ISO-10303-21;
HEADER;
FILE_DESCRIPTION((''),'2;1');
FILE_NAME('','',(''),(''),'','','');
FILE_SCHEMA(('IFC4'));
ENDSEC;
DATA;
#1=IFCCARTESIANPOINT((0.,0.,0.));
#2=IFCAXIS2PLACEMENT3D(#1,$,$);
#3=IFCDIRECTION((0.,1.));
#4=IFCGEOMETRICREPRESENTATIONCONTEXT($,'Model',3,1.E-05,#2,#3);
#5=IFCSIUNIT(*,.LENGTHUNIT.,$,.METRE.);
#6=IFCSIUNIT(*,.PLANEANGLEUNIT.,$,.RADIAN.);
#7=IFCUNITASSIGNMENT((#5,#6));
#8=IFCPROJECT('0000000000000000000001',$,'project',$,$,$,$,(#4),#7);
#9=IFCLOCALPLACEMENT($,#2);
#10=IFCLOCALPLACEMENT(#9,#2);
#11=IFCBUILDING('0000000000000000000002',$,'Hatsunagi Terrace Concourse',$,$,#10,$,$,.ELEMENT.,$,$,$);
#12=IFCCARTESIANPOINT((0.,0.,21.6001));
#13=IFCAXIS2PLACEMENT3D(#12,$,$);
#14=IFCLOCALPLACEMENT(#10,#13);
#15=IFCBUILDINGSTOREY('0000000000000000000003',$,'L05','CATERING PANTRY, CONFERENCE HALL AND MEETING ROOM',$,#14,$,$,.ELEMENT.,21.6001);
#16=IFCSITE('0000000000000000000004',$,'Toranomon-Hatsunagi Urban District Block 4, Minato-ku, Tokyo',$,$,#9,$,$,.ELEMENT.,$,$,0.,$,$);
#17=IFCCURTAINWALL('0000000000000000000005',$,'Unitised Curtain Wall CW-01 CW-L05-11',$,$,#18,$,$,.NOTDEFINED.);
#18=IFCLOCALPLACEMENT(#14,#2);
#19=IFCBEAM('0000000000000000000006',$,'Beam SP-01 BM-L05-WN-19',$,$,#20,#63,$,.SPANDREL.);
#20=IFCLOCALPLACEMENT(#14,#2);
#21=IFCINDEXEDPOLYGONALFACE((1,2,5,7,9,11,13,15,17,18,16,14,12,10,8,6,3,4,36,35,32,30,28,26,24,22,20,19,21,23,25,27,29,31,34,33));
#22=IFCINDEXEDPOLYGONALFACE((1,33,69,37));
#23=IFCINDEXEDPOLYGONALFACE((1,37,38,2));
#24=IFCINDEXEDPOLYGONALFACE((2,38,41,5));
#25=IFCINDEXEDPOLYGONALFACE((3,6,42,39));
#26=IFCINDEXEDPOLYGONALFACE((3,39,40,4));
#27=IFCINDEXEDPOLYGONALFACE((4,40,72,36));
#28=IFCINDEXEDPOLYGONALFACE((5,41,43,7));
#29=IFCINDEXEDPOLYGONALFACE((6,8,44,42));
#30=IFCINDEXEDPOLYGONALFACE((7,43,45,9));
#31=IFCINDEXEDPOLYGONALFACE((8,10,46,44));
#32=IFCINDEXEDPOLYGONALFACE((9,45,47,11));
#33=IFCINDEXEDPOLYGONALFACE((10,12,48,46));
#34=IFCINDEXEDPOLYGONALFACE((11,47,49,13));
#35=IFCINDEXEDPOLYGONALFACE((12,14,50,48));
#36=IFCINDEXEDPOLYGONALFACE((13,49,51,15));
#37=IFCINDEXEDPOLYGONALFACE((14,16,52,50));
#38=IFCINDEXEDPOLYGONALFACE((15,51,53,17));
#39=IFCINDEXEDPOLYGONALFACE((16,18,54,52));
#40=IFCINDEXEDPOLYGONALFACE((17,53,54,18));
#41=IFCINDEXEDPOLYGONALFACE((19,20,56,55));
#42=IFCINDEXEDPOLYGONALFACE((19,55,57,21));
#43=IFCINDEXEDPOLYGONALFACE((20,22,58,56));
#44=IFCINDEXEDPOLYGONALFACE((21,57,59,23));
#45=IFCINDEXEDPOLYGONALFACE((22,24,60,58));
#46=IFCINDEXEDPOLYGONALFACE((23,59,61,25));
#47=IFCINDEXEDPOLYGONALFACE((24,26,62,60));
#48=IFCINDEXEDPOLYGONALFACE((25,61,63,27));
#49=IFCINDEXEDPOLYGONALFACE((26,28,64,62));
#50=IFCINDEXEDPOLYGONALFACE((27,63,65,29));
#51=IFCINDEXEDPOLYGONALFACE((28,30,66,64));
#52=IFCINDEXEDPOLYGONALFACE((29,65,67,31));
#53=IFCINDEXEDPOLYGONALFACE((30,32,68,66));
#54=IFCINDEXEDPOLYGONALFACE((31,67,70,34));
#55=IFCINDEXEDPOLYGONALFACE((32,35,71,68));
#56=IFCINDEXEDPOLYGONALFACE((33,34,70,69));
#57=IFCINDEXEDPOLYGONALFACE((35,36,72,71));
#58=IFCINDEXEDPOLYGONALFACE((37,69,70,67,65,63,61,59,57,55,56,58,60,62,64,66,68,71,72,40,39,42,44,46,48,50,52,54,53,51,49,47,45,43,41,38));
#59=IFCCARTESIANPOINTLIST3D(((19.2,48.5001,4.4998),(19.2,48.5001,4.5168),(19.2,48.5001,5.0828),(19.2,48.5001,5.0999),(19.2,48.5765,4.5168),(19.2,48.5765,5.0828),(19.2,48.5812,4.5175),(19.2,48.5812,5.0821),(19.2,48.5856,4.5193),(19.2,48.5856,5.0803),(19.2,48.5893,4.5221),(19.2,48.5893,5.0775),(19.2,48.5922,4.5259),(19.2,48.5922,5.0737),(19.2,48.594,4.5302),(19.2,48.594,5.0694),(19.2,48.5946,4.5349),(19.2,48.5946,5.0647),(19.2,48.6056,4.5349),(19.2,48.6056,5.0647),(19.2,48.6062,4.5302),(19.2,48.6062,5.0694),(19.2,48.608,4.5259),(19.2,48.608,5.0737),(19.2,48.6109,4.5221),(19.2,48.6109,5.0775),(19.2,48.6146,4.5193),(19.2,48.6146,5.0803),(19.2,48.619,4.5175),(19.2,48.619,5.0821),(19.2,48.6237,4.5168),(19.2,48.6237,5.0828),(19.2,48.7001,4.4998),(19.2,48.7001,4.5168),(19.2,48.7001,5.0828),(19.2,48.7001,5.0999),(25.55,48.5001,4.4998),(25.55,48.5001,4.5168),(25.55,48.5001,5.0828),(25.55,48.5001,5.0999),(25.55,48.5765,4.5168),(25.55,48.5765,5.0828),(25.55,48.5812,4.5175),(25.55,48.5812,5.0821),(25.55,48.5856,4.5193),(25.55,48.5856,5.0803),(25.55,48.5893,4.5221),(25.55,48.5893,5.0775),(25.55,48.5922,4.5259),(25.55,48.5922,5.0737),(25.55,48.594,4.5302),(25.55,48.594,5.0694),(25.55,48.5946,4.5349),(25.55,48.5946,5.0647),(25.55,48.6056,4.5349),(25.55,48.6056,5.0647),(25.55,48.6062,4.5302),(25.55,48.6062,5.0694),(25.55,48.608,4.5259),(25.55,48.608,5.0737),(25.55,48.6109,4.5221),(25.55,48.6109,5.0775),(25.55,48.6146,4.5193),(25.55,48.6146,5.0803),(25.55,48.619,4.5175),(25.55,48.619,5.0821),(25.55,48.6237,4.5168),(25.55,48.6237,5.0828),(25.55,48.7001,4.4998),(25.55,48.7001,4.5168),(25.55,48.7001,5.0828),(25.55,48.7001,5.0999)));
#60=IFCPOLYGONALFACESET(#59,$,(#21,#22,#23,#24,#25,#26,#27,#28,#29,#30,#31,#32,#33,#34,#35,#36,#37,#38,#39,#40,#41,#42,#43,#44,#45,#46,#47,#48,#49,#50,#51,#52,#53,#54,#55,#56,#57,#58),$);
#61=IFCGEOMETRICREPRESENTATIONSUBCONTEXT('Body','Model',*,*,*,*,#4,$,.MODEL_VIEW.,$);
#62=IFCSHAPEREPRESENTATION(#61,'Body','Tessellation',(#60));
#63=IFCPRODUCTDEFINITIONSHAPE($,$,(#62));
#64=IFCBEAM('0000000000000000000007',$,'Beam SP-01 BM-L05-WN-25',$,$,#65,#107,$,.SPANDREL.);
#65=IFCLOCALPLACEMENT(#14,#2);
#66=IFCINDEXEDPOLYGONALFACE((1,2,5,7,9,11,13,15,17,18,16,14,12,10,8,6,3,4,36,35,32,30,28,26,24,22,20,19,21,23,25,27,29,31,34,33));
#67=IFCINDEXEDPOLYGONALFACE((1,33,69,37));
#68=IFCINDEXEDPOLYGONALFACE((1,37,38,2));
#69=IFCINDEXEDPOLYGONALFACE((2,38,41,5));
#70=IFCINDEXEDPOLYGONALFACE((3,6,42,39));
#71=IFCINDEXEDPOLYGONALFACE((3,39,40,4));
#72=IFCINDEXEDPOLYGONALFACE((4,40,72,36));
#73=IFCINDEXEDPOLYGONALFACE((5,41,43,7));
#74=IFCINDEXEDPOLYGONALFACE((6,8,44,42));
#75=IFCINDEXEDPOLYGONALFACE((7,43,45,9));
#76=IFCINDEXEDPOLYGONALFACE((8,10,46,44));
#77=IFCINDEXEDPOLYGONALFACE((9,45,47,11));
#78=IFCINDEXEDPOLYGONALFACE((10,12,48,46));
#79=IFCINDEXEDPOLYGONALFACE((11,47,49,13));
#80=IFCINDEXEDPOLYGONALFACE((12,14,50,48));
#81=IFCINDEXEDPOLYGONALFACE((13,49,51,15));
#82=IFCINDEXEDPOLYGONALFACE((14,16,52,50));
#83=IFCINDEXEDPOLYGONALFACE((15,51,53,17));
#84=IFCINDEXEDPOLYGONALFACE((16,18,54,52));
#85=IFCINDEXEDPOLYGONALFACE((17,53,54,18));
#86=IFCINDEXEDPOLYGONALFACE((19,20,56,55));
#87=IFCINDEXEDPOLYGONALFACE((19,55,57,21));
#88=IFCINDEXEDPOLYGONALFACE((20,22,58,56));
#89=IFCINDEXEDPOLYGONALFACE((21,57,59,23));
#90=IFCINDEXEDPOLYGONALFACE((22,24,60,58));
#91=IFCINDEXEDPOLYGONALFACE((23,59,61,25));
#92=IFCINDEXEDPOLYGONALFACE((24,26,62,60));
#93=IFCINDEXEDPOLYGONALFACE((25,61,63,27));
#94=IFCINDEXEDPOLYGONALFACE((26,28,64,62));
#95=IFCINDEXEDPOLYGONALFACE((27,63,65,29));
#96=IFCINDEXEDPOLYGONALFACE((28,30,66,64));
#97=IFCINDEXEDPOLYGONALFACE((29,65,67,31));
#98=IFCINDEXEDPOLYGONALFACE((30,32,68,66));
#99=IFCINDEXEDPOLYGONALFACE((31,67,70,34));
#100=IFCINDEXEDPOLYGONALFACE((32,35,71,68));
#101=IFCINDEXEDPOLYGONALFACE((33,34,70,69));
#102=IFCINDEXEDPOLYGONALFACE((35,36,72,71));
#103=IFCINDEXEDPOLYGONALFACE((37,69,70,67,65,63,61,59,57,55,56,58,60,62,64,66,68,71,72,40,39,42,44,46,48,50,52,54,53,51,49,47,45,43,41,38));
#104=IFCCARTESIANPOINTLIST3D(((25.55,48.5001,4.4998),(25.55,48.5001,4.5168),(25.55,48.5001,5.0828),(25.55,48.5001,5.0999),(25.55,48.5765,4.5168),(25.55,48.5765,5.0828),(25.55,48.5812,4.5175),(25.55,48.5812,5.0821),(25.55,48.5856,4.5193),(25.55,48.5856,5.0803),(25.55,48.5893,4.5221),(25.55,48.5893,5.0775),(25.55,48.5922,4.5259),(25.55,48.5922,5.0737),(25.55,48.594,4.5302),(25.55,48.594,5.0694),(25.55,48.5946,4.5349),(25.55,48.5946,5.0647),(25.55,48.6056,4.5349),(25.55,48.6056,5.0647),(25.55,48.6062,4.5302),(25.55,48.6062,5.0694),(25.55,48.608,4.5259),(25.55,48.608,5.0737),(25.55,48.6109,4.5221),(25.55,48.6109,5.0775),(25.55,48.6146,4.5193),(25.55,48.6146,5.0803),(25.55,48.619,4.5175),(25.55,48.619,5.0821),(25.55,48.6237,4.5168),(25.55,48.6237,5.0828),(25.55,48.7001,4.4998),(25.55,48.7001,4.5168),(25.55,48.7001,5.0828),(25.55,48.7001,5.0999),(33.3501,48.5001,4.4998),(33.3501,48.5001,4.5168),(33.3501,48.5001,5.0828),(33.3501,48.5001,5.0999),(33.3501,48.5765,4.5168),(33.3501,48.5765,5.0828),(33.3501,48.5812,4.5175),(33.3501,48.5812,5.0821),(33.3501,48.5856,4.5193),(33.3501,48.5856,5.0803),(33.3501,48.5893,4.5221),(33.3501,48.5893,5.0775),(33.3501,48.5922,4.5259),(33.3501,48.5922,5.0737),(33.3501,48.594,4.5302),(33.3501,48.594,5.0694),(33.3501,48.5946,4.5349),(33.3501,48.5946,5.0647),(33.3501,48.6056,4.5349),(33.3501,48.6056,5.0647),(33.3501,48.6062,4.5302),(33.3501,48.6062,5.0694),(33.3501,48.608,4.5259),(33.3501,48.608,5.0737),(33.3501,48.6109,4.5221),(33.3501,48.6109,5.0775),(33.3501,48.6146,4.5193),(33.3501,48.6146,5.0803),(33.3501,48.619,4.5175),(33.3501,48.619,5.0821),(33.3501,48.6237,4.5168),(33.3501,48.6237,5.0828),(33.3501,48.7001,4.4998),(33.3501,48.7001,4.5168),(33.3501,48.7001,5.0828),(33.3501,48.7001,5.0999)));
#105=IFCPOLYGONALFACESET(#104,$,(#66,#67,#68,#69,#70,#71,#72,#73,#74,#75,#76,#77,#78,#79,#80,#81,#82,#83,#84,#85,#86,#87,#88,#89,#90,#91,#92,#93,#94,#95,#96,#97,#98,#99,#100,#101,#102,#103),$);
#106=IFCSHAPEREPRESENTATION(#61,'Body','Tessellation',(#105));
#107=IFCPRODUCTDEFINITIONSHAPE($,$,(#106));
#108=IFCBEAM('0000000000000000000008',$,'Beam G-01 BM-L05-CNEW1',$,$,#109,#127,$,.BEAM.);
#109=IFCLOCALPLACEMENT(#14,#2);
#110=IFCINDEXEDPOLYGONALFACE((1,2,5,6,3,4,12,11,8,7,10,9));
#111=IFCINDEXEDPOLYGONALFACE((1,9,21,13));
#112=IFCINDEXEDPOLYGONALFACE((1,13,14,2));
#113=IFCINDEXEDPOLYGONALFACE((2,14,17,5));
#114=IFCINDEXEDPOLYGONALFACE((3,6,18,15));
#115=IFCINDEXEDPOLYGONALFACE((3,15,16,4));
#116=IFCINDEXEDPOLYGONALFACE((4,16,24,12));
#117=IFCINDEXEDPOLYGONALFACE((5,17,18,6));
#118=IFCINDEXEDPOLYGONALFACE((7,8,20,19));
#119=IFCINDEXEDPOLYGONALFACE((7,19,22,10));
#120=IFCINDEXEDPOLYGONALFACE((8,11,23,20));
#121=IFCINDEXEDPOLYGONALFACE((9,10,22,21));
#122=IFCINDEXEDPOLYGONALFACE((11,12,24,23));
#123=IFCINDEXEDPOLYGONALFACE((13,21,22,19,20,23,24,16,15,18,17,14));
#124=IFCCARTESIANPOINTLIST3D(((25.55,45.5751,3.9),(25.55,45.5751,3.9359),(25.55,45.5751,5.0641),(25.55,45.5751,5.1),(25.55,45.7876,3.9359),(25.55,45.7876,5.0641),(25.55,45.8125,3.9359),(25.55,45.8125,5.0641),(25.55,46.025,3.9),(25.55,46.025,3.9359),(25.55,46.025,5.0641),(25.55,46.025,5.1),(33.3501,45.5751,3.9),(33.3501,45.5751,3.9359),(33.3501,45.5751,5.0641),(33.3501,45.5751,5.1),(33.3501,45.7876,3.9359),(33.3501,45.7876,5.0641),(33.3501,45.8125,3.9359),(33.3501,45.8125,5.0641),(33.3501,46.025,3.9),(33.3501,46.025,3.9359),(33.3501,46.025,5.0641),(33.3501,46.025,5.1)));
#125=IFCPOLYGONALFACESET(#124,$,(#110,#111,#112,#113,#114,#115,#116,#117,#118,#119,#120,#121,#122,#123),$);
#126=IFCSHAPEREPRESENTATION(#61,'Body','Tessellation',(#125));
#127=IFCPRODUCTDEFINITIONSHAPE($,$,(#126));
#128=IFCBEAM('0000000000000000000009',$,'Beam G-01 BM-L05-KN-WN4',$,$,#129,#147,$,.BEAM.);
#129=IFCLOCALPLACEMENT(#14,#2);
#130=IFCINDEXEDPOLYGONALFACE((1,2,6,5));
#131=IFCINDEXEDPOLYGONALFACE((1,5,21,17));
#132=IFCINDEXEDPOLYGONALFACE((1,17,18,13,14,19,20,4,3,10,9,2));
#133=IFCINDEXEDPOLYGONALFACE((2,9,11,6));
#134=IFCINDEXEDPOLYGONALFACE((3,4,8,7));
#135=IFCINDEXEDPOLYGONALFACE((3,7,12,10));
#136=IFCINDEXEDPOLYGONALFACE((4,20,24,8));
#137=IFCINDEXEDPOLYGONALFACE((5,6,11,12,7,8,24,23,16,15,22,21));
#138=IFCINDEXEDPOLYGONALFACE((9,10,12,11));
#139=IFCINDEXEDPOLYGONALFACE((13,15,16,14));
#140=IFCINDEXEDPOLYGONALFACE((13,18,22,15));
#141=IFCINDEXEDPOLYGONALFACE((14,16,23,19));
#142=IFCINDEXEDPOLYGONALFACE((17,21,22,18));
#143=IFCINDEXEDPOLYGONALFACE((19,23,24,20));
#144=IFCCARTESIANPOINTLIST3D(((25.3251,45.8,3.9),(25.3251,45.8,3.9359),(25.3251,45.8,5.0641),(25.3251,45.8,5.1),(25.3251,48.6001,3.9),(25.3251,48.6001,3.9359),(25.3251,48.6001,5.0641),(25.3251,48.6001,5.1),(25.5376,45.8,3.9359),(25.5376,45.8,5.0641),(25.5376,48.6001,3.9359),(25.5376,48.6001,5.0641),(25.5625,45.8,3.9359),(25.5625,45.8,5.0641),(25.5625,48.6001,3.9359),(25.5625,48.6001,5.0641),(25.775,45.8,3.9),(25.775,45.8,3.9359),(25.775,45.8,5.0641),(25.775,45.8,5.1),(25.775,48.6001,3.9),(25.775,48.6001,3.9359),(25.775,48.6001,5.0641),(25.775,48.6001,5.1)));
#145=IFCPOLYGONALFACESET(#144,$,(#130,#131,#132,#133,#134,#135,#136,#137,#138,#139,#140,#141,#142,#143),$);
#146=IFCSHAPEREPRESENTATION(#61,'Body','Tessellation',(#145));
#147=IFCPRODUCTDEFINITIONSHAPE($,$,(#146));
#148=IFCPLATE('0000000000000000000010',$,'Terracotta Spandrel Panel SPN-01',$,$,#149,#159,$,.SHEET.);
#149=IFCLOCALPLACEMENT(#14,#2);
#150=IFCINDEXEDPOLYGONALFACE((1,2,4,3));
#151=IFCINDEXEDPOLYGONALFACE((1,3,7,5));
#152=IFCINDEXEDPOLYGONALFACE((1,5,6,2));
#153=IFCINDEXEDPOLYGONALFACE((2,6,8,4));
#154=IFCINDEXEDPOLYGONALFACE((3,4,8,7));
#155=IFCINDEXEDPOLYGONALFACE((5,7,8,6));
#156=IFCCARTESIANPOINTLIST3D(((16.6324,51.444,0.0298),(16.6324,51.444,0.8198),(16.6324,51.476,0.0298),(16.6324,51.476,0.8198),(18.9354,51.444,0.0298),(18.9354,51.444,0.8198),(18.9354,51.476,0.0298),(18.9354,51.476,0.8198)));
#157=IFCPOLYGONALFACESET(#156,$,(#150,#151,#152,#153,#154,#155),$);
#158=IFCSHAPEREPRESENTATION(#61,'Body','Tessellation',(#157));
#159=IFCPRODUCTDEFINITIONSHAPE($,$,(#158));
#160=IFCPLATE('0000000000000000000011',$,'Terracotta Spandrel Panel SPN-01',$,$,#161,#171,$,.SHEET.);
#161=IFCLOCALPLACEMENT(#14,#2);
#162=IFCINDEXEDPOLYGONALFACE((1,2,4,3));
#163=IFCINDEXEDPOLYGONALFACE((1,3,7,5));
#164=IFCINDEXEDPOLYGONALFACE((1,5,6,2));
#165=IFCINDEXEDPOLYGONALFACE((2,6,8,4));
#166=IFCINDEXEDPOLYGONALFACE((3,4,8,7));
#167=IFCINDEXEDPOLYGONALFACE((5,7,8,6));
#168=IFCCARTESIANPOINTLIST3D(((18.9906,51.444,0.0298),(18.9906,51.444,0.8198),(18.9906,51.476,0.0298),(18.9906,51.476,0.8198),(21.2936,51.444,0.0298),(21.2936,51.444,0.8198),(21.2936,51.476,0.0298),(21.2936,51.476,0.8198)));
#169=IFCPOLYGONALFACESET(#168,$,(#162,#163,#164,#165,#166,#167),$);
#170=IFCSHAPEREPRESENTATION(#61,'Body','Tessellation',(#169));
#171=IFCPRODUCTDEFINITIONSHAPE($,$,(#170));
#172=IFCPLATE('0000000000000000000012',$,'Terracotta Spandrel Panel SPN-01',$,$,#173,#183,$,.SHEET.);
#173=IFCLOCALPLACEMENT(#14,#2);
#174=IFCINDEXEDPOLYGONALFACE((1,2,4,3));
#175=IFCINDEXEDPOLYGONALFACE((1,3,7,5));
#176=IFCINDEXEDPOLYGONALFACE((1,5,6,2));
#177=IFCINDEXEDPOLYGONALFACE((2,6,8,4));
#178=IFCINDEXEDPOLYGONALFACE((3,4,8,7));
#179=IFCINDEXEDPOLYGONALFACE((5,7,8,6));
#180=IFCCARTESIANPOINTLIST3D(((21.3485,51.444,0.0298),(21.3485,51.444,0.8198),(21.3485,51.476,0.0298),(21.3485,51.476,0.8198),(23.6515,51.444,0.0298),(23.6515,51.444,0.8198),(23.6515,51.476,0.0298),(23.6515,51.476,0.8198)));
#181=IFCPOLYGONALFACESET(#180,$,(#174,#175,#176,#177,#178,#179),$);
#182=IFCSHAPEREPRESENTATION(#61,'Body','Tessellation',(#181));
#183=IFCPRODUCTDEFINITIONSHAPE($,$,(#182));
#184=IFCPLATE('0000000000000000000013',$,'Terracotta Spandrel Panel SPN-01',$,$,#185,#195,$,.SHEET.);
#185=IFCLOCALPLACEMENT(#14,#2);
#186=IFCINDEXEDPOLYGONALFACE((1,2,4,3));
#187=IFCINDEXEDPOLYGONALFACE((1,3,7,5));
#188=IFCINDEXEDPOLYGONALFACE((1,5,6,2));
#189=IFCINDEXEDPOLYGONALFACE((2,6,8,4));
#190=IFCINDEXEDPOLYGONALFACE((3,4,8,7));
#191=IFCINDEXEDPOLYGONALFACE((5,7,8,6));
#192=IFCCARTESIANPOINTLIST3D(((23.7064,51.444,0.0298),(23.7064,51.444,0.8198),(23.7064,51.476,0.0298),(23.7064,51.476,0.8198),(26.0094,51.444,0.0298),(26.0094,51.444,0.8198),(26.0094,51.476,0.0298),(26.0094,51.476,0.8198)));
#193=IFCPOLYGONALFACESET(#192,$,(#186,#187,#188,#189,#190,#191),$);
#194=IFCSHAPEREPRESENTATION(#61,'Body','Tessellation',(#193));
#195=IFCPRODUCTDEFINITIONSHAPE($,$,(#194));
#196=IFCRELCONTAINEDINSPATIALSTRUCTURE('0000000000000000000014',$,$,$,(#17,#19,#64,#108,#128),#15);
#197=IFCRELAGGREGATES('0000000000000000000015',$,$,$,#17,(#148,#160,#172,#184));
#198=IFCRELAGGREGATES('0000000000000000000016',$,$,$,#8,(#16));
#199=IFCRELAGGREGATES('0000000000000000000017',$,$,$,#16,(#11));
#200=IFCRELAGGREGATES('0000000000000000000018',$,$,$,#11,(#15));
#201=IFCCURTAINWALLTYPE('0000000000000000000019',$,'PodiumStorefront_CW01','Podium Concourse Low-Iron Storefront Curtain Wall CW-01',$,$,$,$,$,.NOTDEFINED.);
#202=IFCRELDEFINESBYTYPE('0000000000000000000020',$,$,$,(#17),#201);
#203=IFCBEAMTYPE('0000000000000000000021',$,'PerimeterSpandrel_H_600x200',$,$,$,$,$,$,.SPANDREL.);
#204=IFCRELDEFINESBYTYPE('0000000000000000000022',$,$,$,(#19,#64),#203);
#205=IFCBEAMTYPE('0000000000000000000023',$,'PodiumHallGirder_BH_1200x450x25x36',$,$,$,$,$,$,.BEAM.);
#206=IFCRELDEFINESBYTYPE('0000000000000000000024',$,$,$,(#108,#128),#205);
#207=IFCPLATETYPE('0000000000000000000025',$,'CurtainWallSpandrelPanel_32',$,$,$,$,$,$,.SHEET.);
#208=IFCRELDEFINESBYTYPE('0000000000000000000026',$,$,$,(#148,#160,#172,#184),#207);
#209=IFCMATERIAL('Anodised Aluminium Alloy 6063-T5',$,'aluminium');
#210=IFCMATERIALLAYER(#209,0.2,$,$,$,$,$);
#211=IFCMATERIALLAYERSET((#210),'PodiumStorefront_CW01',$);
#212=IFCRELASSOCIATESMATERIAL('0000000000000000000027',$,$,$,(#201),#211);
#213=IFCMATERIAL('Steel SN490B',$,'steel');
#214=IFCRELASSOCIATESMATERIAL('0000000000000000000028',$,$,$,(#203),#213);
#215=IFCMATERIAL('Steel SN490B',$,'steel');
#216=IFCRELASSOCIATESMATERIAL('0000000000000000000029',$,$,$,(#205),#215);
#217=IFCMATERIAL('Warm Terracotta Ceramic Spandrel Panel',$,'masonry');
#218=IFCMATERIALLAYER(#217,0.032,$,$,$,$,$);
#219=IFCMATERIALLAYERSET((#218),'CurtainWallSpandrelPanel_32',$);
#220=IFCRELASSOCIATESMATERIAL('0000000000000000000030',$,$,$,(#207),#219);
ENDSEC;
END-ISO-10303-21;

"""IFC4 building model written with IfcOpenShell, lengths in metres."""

from ifc_helpers import new_model, si_unit, direction, frame, origin, origin_2d, place, context, subcontext, project, spatial, rectangle, i_section, extrude, material, layer, layer_set, material_profile, profile_set, type_object, element, aggregate, save


model = new_model("IFC4")

# Units and contexts
model_context = context("Model", 3, precision=1e-05, world=origin(), true_north=direction((0.0, 1.0)))
body_context = subcontext(model_context, "Body", "Model", "MODEL_VIEW")
ifc_project = project(units=[si_unit("LENGTHUNIT", "METRE"), si_unit("PLANEANGLEUNIT", "RADIAN")], contexts=[model_context])

# Site, building, storey
site_placement = place(None, origin())
site = spatial("IfcSite", under=ifc_project, at=site_placement, Name="Toranomon-Hatsunagi Urban District Block 4, Minato-ku, Tokyo", CompositionType="ELEMENT", RefElevation=0.0)
building_placement = place(site_placement, origin())
building = spatial("IfcBuilding", under=site, at=building_placement, Name="Hatsunagi Terrace Concourse", CompositionType="ELEMENT")
storey_placement = place(building_placement, frame((0.0, 0.0, 21.6001)))
storey = spatial("IfcBuildingStorey", under=building, at=storey_placement, Name="L05", Description="CATERING PANTRY, CONFERENCE HALL AND MEETING ROOM", CompositionType="ELEMENT", Elevation=21.6001)

# Curtain wall
ifc_material_1 = material(Name="Anodised Aluminium Alloy 6063-T5", Category="aluminium")
ifc_layer_1 = layer(ifc_material_1, 0.2)
ifc_layer_set_1 = layer_set([ifc_layer_1], Name="PodiumStorefront_CW01")
curtain_wall_type = type_object("IfcCurtainWallType", Name="PodiumStorefront_CW01", Description="Podium Concourse Low-Iron Storefront Curtain Wall CW-01", PredefinedType="NOTDEFINED", material=ifc_layer_set_1)
curtain_wall_placement = place(storey_placement, origin())
curtain_wall = element("IfcCurtainWall", 1, at=curtain_wall_placement, inside=storey, type_object=curtain_wall_type, Name="Unitised Curtain Wall CW-01 CW-L05-11", PredefinedType="NOTDEFINED")

# Beams
ifc_material_2 = material(Name="Steel SN490B", Category="steel")
ifc_material_profile_1 = material_profile(ifc_material_2, i_section(OverallWidth=0.2, OverallDepth=0.6001, WebThickness=0.011, FlangeThickness=0.0171, FilletRadius=0.0181, at=origin_2d()), Name="H-600x200x11x17")
ifc_profile_set_1 = profile_set([ifc_material_profile_1], Name="Steel SN490B")
beam_type_1 = type_object("IfcBeamType", Name="PerimeterSpandrel_H_600x200", PredefinedType="SPANDREL", material=ifc_profile_set_1)
beam_1_placement = place(storey_placement, frame((19.2, 48.6001, 4.7998), z_axis=(1.0, 0.0, 0.0), x_axis=(0.0, 1.0, 0.0)))
element("IfcBeam", 2, at=beam_1_placement, inside=storey, type_object=beam_type_1, Name="Beam SP-01 BM-L05-WN-19", PredefinedType="SPANDREL", context=body_context, shape_type="SweptSolid", body=[
    extrude(i_section(OverallWidth=0.2, OverallDepth=0.6001, WebThickness=0.011, FlangeThickness=0.0171, FilletRadius=0.0181, at=origin_2d()), origin(), (0.0, 0.0, 1.0), 6.3501),
])
beam_2_placement = place(storey_placement, frame((25.55, 48.6001, 4.7998), z_axis=(1.0, 0.0, 0.0), x_axis=(0.0, 1.0, 0.0)))
element("IfcBeam", 3, at=beam_2_placement, inside=storey, type_object=beam_type_1, Name="Beam SP-01 BM-L05-WN-25", PredefinedType="SPANDREL", context=body_context, shape_type="SweptSolid", body=[
    extrude(i_section(OverallWidth=0.2, OverallDepth=0.6001, WebThickness=0.011, FlangeThickness=0.0171, FilletRadius=0.0181, at=origin_2d()), origin(), (0.0, 0.0, 1.0), 7.8),
])
ifc_material_3 = material(Name="Steel SN490B", Category="steel")
ifc_material_profile_2 = material_profile(ifc_material_3, i_section(OverallWidth=0.45, OverallDepth=1.2, WebThickness=0.0249, FlangeThickness=0.0359, at=origin_2d()), Name="BH-1200x450x25x36")
ifc_profile_set_2 = profile_set([ifc_material_profile_2], Name="Steel SN490B")
beam_type_2 = type_object("IfcBeamType", Name="PodiumHallGirder_BH_1200x450x25x36", PredefinedType="BEAM", material=ifc_profile_set_2)
beam_3_placement = place(storey_placement, frame((25.55, 45.8, 4.5), z_axis=(1.0, 0.0, 0.0), x_axis=(0.0, 1.0, 0.0)))
element("IfcBeam", 4, at=beam_3_placement, inside=storey, type_object=beam_type_2, Name="Beam G-01 BM-L05-CNEW1", PredefinedType="BEAM", context=body_context, shape_type="SweptSolid", body=[
    extrude(i_section(OverallWidth=0.45, OverallDepth=1.2, WebThickness=0.0249, FlangeThickness=0.0359, at=origin_2d()), origin(), (0.0, 0.0, 1.0), 7.8),
])
beam_4_placement = place(storey_placement, frame((25.55, 45.8, 4.5), z_axis=(0.0, 1.0, 0.0), x_axis=(-1.0, 0.0, 0.0)))
element("IfcBeam", 5, at=beam_4_placement, inside=storey, type_object=beam_type_2, Name="Beam G-01 BM-L05-KN-WN4", PredefinedType="BEAM", context=body_context, shape_type="SweptSolid", body=[
    extrude(i_section(OverallWidth=0.45, OverallDepth=1.2, WebThickness=0.0249, FlangeThickness=0.0359, at=origin_2d()), origin(), (0.0, 0.0, 1.0), 2.8),
])

# Plates
ifc_material_4 = material(Name="Warm Terracotta Ceramic Spandrel Panel", Category="masonry")
ifc_layer_2 = layer(ifc_material_4, 0.032)
ifc_layer_set_2 = layer_set([ifc_layer_2], Name="CurtainWallSpandrelPanel_32")
plate_type_1 = type_object("IfcPlateType", Name="CurtainWallSpandrelPanel_32", PredefinedType="SHEET", material=ifc_layer_set_2)
plate_1_placement = place(storey_placement, frame((17.7839, 51.46, 0.0298), z_axis=(0.0, 0.0, 1.0), x_axis=(1.0, 0.0, 0.0)))
plate_1 = element("IfcPlate", 6, at=plate_1_placement, type_object=plate_type_1, Name="Terracotta Spandrel Panel SPN-01", PredefinedType="SHEET", context=body_context, shape_type="SweptSolid", body=[
    extrude(rectangle(XDim=2.303, YDim=0.032, at=origin_2d()), origin(), (0.0, 0.0, 1.0), 0.79),
])
plate_2_placement = place(storey_placement, frame((20.1421, 51.46, 0.0298), z_axis=(0.0, 0.0, 1.0), x_axis=(1.0, 0.0, 0.0)))
plate_2 = element("IfcPlate", 7, at=plate_2_placement, type_object=plate_type_1, Name="Terracotta Spandrel Panel SPN-01", PredefinedType="SHEET", context=body_context, shape_type="SweptSolid", body=[
    extrude(rectangle(XDim=2.303, YDim=0.032, at=origin_2d()), origin(), (0.0, 0.0, 1.0), 0.79),
])
plate_3_placement = place(storey_placement, frame((22.5, 51.46, 0.0298), z_axis=(0.0, 0.0, 1.0), x_axis=(1.0, 0.0, 0.0)))
plate_3 = element("IfcPlate", 8, at=plate_3_placement, type_object=plate_type_1, Name="Terracotta Spandrel Panel SPN-01", PredefinedType="SHEET", context=body_context, shape_type="SweptSolid", body=[
    extrude(rectangle(XDim=2.303, YDim=0.032, at=origin_2d()), origin(), (0.0, 0.0, 1.0), 0.79),
])
plate_4_placement = place(storey_placement, frame((24.8579, 51.46, 0.0298), z_axis=(0.0, 0.0, 1.0), x_axis=(1.0, 0.0, 0.0)))
plate_4 = element("IfcPlate", 9, at=plate_4_placement, type_object=plate_type_1, Name="Terracotta Spandrel Panel SPN-01", PredefinedType="SHEET", context=body_context, shape_type="SweptSolid", body=[
    extrude(rectangle(XDim=2.303, YDim=0.032, at=origin_2d()), origin(), (0.0, 0.0, 1.0), 0.79),
])
aggregate(curtain_wall, [plate_1, plate_2, plate_3, plate_4])

save(model, "model.ifc")
